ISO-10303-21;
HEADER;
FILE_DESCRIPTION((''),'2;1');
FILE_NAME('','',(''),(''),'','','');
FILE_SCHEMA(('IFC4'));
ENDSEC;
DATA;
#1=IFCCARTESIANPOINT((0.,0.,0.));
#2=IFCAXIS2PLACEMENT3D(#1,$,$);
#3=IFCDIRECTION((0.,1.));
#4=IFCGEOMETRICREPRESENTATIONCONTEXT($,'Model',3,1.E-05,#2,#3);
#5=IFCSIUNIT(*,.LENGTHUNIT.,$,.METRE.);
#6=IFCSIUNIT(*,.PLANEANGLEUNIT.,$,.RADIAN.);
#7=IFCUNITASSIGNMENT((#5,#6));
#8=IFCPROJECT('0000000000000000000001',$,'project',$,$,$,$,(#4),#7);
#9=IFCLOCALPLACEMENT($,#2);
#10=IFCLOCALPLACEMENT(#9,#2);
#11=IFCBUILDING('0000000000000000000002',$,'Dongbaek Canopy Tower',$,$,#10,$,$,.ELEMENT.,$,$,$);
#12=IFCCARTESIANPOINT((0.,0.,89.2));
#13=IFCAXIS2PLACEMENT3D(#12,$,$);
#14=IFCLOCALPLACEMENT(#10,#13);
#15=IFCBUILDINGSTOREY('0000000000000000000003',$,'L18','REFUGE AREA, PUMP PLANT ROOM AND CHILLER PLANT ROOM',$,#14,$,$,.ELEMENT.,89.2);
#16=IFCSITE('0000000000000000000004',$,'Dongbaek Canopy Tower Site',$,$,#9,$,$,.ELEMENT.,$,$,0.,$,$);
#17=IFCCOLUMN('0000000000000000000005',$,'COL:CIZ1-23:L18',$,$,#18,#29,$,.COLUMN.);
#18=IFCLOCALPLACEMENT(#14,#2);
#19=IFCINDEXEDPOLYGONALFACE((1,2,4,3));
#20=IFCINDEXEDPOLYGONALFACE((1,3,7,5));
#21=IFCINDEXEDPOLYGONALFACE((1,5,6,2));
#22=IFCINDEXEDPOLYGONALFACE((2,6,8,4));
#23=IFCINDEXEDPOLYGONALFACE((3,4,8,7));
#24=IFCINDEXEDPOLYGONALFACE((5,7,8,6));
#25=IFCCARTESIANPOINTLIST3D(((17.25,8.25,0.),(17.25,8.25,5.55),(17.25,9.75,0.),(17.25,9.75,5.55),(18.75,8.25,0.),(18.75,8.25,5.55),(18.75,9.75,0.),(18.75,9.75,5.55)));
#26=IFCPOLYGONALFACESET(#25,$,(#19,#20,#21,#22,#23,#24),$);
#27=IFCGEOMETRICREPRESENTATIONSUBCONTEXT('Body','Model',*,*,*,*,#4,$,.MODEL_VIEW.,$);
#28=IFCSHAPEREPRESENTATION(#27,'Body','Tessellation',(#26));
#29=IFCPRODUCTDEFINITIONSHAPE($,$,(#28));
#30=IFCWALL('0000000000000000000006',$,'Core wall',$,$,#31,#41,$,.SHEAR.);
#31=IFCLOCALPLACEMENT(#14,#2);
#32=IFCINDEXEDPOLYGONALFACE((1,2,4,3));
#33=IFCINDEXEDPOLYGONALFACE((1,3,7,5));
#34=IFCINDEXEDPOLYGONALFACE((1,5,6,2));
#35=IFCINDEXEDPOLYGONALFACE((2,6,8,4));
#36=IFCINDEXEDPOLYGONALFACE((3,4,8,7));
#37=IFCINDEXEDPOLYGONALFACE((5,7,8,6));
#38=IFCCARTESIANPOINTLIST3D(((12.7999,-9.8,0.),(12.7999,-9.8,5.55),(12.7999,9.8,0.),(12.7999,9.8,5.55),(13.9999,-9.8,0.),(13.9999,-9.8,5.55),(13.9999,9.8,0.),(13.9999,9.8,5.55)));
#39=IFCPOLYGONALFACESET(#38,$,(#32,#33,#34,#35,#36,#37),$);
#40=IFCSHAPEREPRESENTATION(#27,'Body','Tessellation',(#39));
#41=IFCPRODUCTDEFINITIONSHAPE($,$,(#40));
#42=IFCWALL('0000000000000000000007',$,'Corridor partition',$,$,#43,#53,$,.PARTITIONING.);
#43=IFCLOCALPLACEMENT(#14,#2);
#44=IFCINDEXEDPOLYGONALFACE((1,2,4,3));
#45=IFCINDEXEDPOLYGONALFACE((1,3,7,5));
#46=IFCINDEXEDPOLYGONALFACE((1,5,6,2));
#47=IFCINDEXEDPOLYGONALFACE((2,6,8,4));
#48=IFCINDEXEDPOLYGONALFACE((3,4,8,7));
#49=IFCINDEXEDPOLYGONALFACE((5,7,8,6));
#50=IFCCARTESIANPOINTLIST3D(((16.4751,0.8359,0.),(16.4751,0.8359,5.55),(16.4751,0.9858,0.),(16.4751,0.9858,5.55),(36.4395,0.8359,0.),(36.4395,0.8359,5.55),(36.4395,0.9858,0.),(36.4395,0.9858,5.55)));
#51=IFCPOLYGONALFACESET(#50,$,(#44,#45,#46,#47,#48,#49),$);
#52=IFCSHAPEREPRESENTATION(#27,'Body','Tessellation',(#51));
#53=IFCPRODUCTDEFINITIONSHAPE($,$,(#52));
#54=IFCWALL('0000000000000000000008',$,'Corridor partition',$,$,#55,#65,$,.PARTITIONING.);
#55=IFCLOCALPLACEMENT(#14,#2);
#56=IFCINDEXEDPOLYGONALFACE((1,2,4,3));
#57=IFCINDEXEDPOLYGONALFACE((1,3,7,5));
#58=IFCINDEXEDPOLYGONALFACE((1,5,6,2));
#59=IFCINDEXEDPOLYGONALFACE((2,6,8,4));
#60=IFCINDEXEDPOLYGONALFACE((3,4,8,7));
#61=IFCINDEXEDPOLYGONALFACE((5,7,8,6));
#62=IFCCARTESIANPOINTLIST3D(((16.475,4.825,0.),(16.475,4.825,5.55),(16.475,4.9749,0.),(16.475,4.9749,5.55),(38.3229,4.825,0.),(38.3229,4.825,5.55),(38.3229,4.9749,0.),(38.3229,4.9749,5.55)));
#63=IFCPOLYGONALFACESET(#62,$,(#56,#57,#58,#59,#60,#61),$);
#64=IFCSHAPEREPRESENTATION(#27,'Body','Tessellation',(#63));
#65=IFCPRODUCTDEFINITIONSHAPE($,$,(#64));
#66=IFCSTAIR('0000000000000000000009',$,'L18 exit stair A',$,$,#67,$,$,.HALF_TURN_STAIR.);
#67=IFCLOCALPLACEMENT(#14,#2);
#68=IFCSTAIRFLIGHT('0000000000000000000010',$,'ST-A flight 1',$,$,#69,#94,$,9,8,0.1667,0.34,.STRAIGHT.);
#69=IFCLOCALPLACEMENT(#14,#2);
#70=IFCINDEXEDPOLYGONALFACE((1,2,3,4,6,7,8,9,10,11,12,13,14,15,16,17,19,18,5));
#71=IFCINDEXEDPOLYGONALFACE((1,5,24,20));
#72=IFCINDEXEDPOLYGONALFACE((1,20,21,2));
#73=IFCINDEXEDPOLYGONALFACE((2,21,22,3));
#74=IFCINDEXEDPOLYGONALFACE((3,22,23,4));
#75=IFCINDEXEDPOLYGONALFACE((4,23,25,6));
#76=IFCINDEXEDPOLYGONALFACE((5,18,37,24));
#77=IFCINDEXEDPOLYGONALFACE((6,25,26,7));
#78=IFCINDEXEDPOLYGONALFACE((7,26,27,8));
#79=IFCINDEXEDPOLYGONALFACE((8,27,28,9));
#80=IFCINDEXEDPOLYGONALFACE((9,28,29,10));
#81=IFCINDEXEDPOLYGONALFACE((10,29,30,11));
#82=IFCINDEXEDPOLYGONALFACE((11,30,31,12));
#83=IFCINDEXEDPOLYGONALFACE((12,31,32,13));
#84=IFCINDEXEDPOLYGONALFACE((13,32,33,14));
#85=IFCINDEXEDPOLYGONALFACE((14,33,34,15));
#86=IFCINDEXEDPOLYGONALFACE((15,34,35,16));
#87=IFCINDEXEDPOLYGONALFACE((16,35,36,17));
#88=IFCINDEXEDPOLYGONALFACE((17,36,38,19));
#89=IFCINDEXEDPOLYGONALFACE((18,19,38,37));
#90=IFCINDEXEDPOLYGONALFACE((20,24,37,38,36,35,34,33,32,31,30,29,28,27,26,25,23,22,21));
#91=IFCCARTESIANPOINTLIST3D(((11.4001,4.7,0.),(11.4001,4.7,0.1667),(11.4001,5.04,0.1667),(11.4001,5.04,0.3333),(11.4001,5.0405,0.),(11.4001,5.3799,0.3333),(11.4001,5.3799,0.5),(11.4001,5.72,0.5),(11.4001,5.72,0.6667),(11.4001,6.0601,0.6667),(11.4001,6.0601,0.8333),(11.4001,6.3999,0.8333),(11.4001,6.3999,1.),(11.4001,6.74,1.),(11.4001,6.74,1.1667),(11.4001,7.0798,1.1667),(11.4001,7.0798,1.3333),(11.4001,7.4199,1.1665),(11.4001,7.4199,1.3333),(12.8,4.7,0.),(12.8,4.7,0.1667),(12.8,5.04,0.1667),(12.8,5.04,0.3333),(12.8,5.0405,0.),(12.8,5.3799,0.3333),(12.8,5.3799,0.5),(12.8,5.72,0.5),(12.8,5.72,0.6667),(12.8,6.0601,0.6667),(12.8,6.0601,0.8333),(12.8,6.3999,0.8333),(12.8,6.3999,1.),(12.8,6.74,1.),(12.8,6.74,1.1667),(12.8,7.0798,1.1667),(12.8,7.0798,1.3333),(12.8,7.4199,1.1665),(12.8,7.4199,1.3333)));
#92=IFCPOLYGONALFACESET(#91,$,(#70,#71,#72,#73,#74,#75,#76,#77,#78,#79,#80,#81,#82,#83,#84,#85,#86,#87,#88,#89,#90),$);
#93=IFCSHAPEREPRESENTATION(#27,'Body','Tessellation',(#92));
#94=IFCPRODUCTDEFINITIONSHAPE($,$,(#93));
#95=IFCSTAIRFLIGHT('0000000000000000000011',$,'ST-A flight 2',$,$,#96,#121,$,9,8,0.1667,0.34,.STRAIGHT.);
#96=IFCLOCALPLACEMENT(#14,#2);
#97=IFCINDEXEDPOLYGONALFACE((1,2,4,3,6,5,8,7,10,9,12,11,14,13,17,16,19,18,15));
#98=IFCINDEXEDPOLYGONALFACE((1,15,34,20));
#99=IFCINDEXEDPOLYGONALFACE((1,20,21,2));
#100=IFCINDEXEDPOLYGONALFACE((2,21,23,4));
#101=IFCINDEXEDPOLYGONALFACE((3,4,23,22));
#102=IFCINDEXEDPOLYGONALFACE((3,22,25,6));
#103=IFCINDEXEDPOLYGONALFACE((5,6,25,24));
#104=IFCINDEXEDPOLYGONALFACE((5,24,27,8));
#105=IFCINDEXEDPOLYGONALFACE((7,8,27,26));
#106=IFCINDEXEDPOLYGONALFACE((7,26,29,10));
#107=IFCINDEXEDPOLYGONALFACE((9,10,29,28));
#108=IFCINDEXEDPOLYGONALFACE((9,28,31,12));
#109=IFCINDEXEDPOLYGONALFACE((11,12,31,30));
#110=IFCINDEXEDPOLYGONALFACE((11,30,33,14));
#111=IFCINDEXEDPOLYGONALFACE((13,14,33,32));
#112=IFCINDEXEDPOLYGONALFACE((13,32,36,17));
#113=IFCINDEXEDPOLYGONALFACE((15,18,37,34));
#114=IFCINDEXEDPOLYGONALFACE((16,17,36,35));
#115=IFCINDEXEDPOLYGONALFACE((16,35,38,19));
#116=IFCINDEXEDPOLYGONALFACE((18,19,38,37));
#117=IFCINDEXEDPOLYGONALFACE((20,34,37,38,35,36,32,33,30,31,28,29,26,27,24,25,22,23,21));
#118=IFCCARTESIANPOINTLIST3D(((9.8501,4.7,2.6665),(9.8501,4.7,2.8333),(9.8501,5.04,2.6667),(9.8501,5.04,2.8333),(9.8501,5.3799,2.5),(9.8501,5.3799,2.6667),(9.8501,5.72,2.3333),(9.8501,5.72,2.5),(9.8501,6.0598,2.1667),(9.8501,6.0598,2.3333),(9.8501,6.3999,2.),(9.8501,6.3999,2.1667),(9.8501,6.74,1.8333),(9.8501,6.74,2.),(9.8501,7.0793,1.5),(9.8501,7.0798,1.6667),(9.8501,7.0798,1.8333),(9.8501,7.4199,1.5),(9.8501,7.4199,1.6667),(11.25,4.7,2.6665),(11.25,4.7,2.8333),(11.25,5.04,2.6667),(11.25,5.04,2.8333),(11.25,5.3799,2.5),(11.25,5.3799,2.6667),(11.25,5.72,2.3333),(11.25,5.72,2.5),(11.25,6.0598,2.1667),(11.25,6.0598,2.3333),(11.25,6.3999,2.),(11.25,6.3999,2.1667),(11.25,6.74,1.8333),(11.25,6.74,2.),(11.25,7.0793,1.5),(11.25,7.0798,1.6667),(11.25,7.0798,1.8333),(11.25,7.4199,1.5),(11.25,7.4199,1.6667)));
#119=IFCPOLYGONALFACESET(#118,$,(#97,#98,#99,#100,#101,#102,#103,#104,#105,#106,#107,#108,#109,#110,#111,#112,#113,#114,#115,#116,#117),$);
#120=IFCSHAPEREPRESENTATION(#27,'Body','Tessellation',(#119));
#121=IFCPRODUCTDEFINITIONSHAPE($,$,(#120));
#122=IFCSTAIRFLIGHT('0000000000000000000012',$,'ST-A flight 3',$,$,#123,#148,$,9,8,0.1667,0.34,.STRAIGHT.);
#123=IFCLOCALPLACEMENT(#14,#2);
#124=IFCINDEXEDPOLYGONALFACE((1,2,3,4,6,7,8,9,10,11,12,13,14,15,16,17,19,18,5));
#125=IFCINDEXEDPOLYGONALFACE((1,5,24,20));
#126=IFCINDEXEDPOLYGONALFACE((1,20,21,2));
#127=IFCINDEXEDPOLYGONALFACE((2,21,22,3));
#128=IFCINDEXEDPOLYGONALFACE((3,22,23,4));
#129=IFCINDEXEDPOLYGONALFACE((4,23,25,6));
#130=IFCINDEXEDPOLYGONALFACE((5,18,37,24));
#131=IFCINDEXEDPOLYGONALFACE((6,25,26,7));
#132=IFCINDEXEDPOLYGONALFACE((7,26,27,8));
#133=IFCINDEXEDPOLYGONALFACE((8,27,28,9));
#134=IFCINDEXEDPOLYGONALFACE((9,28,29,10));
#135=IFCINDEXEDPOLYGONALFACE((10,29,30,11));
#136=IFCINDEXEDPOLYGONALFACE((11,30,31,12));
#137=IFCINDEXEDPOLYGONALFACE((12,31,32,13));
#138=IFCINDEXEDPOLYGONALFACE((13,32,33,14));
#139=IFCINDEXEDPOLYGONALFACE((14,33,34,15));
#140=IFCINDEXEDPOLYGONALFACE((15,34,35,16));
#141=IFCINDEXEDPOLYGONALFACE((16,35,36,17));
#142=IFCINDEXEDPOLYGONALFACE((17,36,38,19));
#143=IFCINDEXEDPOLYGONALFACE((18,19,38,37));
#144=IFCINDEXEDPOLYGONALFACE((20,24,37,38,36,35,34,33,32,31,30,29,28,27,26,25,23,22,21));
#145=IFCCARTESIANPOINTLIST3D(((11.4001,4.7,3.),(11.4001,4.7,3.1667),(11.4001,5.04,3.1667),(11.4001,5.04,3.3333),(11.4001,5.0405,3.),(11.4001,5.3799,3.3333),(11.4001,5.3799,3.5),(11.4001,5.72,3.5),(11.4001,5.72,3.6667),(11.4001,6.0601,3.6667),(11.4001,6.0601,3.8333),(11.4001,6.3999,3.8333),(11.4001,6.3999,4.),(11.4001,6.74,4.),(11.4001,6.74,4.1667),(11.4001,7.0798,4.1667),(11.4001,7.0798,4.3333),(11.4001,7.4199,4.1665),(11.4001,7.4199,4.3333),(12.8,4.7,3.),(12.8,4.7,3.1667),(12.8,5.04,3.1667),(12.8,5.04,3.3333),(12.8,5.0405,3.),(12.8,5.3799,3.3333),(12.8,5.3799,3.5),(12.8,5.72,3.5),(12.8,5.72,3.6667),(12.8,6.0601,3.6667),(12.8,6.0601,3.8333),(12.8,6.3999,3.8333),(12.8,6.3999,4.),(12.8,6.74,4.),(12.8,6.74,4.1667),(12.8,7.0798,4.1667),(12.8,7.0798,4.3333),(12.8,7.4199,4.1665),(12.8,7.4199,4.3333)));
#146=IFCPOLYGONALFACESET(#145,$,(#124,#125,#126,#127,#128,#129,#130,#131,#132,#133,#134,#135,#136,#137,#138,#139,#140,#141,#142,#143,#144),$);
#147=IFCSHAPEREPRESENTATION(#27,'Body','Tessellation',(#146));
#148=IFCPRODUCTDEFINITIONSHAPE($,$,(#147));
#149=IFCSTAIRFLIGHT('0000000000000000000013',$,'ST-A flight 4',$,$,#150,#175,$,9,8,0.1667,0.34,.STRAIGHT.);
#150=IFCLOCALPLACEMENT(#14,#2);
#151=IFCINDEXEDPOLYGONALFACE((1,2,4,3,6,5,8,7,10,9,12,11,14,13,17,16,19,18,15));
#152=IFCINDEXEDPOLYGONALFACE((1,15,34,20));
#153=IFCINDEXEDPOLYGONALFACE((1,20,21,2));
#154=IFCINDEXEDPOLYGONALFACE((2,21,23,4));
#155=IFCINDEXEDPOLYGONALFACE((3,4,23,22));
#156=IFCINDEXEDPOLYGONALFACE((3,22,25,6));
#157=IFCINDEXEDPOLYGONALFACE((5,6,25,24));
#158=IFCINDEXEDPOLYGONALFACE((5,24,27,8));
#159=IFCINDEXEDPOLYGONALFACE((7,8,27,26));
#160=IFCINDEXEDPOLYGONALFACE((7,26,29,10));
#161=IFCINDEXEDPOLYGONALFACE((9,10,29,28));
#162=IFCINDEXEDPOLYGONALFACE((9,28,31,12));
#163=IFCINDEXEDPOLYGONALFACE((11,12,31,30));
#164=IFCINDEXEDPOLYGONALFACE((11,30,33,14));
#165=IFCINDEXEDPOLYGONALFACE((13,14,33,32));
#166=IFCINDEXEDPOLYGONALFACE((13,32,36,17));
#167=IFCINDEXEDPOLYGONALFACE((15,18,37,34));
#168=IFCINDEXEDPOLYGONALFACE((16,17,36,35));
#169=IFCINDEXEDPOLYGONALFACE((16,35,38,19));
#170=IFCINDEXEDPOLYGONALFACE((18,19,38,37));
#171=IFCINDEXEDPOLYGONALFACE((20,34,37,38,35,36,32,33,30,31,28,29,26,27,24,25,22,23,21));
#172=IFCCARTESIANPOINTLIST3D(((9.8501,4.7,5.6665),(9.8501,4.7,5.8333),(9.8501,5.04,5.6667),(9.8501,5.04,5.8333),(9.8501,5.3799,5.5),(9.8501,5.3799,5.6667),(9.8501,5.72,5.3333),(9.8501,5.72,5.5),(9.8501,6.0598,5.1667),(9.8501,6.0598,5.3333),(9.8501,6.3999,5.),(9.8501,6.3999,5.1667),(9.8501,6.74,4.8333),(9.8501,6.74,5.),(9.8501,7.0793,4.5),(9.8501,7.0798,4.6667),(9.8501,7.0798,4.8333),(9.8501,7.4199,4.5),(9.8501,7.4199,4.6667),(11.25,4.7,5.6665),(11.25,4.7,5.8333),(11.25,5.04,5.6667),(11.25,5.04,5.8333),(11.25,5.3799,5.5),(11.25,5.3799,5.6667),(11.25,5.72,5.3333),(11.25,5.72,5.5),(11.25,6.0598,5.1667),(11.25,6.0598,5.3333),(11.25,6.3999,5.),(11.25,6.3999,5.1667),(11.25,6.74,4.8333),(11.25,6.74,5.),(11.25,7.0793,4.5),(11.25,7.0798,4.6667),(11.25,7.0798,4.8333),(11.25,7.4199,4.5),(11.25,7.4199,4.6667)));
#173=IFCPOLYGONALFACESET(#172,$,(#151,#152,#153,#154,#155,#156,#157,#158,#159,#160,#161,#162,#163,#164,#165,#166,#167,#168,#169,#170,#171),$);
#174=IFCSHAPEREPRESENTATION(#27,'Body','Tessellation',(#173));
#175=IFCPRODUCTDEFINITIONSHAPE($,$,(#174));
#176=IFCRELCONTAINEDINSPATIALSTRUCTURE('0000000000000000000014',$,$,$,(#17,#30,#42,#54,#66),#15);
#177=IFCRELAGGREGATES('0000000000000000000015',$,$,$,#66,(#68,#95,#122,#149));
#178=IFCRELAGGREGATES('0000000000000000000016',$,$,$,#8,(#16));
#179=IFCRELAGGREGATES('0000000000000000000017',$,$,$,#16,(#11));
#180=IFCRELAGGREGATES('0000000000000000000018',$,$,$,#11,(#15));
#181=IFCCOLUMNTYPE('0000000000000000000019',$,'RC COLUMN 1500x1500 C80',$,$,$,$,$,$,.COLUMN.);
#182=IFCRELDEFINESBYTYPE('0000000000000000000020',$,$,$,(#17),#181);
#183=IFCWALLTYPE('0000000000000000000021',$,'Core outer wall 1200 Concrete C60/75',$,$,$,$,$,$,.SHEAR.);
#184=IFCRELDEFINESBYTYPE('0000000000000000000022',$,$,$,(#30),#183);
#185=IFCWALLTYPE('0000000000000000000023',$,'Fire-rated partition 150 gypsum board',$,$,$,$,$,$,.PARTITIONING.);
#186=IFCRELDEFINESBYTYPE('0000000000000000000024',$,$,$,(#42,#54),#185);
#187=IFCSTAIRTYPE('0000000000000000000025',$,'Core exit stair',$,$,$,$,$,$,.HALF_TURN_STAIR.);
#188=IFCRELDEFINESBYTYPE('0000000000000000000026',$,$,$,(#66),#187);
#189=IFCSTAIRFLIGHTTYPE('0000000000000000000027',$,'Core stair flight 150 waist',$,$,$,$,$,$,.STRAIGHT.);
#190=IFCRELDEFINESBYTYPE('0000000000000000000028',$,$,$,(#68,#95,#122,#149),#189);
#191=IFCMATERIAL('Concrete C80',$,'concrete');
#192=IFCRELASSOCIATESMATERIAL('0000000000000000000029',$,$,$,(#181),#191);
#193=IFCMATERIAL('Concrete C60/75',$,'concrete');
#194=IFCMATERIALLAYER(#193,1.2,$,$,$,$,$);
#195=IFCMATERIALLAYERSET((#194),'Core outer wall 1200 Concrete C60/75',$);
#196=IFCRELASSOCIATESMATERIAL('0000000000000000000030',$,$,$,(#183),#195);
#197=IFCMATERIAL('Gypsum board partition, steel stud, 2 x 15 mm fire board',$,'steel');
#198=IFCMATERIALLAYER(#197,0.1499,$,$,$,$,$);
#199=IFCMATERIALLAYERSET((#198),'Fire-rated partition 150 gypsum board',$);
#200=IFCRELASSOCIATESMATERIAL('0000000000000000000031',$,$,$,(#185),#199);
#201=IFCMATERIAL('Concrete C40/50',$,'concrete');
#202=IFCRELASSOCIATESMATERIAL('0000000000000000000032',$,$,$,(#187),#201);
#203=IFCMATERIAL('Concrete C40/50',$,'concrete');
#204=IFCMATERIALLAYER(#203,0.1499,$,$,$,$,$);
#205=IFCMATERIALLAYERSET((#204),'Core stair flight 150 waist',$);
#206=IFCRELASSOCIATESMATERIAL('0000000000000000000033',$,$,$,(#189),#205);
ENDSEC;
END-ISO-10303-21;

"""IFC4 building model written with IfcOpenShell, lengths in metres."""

from ifc_helpers import new_model, si_unit, direction, frame, frame_2d, origin, origin_2d, place, context, subcontext, project, spatial, polyline, rectangle, outline, extrude, material, layer, layer_set, material_profile, profile_set, type_object, element, aggregate, save


model = new_model("IFC4")

# Units and contexts
model_context = context("Model", 3, precision=1e-05, world=origin(), true_north=direction((0.0, 1.0)))
body_context = subcontext(model_context, "Body", "Model", "MODEL_VIEW")
ifc_project = project(units=[si_unit("LENGTHUNIT", "METRE"), si_unit("PLANEANGLEUNIT", "RADIAN")], contexts=[model_context])

# Site, building, storey
site_placement = place(None, origin())
site = spatial("IfcSite", under=ifc_project, at=site_placement, Name="Dongbaek Canopy Tower Site", CompositionType="ELEMENT", RefElevation=0.0)
building_placement = place(site_placement, origin())
building = spatial("IfcBuilding", under=site, at=building_placement, Name="Dongbaek Canopy Tower", CompositionType="ELEMENT")
storey_placement = place(building_placement, frame((0.0, 0.0, 89.2)))
storey = spatial("IfcBuildingStorey", under=building, at=storey_placement, Name="L18", Description="REFUGE AREA, PUMP PLANT ROOM AND CHILLER PLANT ROOM", CompositionType="ELEMENT", Elevation=89.2)

# Column
ifc_material_1 = material(Name="Concrete C80", Category="concrete")
ifc_material_profile = material_profile(ifc_material_1, rectangle(XDim=1.5, YDim=1.5, at=origin_2d()), Name="RC COLUMN 1500x1500 C80")
ifc_profile_set = profile_set([ifc_material_profile], Name="Concrete C80")
column_type = type_object("IfcColumnType", Name="RC COLUMN 1500x1500 C80", PredefinedType="COLUMN", material=ifc_profile_set)
column_placement = place(storey_placement, frame((18.0, 9.0, 0.0), z_axis=(0.0, 0.0, 1.0), x_axis=(1.0, 0.0, 0.0)))
element("IfcColumn", 1, at=column_placement, inside=storey, type_object=column_type, Name="COL:CIZ1-23:L18", PredefinedType="COLUMN", context=body_context, shape_type="SweptSolid", body=[
    extrude(rectangle(XDim=1.5, YDim=1.5, at=origin_2d()), origin(), (0.0, 0.0, 1.0), 5.55),
])

# Walls
ifc_material_2 = material(Name="Concrete C60/75", Category="concrete")
ifc_layer_1 = layer(ifc_material_2, 1.2)
ifc_layer_set_1 = layer_set([ifc_layer_1], Name="Core outer wall 1200 Concrete C60/75")
wall_type_1 = type_object("IfcWallType", Name="Core outer wall 1200 Concrete C60/75", PredefinedType="SHEAR", material=ifc_layer_set_1)
wall_1_placement = place(storey_placement, frame((13.3999, 9.8, 0.0), z_axis=(0.0, 0.0, 1.0), x_axis=(0.0, -1.0, 0.0)))
element("IfcWall", 2, at=wall_1_placement, inside=storey, type_object=wall_type_1, Name="Core wall", PredefinedType="SHEAR", context=body_context, shape_type="SweptSolid", body=[
    extrude(rectangle(XDim=19.6001, YDim=1.2, at=frame_2d((9.8, 0.0))), origin(), (0.0, 0.0, 1.0), 5.55),
])
ifc_material_3 = material(Name="Gypsum board partition, steel stud, 2 x 15 mm fire board", Category="steel")
ifc_layer_2 = layer(ifc_material_3, 0.1499)
ifc_layer_set_2 = layer_set([ifc_layer_2], Name="Fire-rated partition 150 gypsum board")
wall_type_2 = type_object("IfcWallType", Name="Fire-rated partition 150 gypsum board", PredefinedType="PARTITIONING", material=ifc_layer_set_2)
wall_2_placement = place(storey_placement, frame((16.4751, 0.9109, 0.0), z_axis=(0.0, 0.0, 1.0), x_axis=(1.0, 0.0, 0.0)))
element("IfcWall", 3, at=wall_2_placement, inside=storey, type_object=wall_type_2, Name="Corridor partition", PredefinedType="PARTITIONING", context=body_context, shape_type="SweptSolid", body=[
    extrude(rectangle(XDim=19.9644, YDim=0.1499, at=frame_2d((9.9822, 0.0))), origin(), (0.0, 0.0, 1.0), 5.55),
])
wall_3_placement = place(storey_placement, frame((16.4751, 4.8999, 0.0), z_axis=(0.0, 0.0, 1.0), x_axis=(1.0, 0.0, 0.0)))
element("IfcWall", 4, at=wall_3_placement, inside=storey, type_object=wall_type_2, Name="Corridor partition", PredefinedType="PARTITIONING", context=body_context, shape_type="SweptSolid", body=[
    extrude(rectangle(XDim=21.8479, YDim=0.1499, at=frame_2d((10.9238, 0.0))), origin(), (0.0, 0.0, 1.0), 5.55),
])

# Stair, stair flights
ifc_material_4 = material(Name="Concrete C40/50", Category="concrete")
stair_type = type_object("IfcStairType", Name="Core exit stair", PredefinedType="HALF_TURN_STAIR", material=ifc_material_4)
stair_placement = place(storey_placement, origin())
stair = element("IfcStair", 5, at=stair_placement, inside=storey, type_object=stair_type, Name="L18 exit stair A", PredefinedType="HALF_TURN_STAIR")
ifc_material_5 = material(Name="Concrete C40/50", Category="concrete")
ifc_layer_3 = layer(ifc_material_5, 0.1499)
ifc_layer_set_3 = layer_set([ifc_layer_3], Name="Core stair flight 150 waist")
stair_flight_type = type_object("IfcStairFlightType", Name="Core stair flight 150 waist", PredefinedType="STRAIGHT", material=ifc_layer_set_3)
stair_flight_1_placement = place(storey_placement, frame((12.1001, 4.7, 0.0), z_axis=(0.0, 0.0, 1.0), x_axis=(0.0, 1.0, 0.0)))
stair_flight_1 = element("IfcStairFlight", 6, at=stair_flight_1_placement, type_object=stair_flight_type, Name="ST-A flight 1", NumberOfRisers=9, NumberOfTreads=8, PredefinedType="STRAIGHT", RiserHeight=0.1667, TreadLength=0.34, context=body_context, shape_type="SweptSolid", body=[
    extrude(outline(polyline([(0.0, 0.0), (0.0, 0.1667), (0.3401, 0.1667), (0.3401, 0.3333), (0.6799, 0.3333), (0.6799, 0.5), (1.02, 0.5), (1.02, 0.6667), (1.3601, 0.6667), (1.3601, 0.8333), (1.7, 0.8333), (1.7, 1.0), (2.04, 1.0), (2.04, 1.1667), (2.3799, 1.1667), (2.3799, 1.3333), (2.72, 1.3333), (2.72, 1.5), (2.72, 1.1665), (0.3406, 0.0), (0.0, 0.0)])), frame((0.0, 0.7, 0.0), z_axis=(0.0, -1.0, 0.0), x_axis=(1.0, 0.0, 0.0)), (0.0, 0.0, 1.0), 1.3999),
])
stair_flight_2_placement = place(storey_placement, frame((10.55, 7.4199, 1.5), z_axis=(0.0, 0.0, 1.0), x_axis=(0.0, -1.0, 0.0)))
stair_flight_2 = element("IfcStairFlight", 7, at=stair_flight_2_placement, type_object=stair_flight_type, Name="ST-A flight 2", NumberOfRisers=9, NumberOfTreads=8, PredefinedType="STRAIGHT", RiserHeight=0.1667, TreadLength=0.34, context=body_context, shape_type="SweptSolid", body=[
    extrude(outline(polyline([(0.0, 0.0), (0.0, 0.1667), (0.3401, 0.1667), (0.3401, 0.3333), (0.6799, 0.3333), (0.6799, 0.5), (1.02, 0.5), (1.02, 0.6667), (1.3601, 0.6667), (1.3601, 0.8333), (1.7, 0.8333), (1.7, 1.0), (2.04, 1.0), (2.04, 1.1667), (2.3799, 1.1667), (2.3799, 1.3333), (2.72, 1.3333), (2.72, 1.5), (2.72, 1.1665), (0.3406, 0.0), (0.0, 0.0)])), frame((0.0, 0.7, 0.0), z_axis=(0.0, -1.0, 0.0), x_axis=(1.0, 0.0, 0.0)), (0.0, 0.0, 1.0), 1.3999),
])
stair_flight_3_placement = place(storey_placement, frame((12.1001, 4.7, 3.0), z_axis=(0.0, 0.0, 1.0), x_axis=(0.0, 1.0, 0.0)))
stair_flight_3 = element("IfcStairFlight", 8, at=stair_flight_3_placement, type_object=stair_flight_type, Name="ST-A flight 3", NumberOfRisers=9, NumberOfTreads=8, PredefinedType="STRAIGHT", RiserHeight=0.1667, TreadLength=0.34, context=body_context, shape_type="SweptSolid", body=[
    extrude(outline(polyline([(0.0, 0.0), (0.0, 0.1667), (0.3401, 0.1667), (0.3401, 0.3333), (0.6799, 0.3333), (0.6799, 0.5), (1.02, 0.5), (1.02, 0.6667), (1.3601, 0.6667), (1.3601, 0.8333), (1.7, 0.8333), (1.7, 1.0), (2.04, 1.0), (2.04, 1.1667), (2.3799, 1.1667), (2.3799, 1.3333), (2.72, 1.3333), (2.72, 1.5), (2.72, 1.1665), (0.3406, 0.0), (0.0, 0.0)])), frame((0.0, 0.7, 0.0), z_axis=(0.0, -1.0, 0.0), x_axis=(1.0, 0.0, 0.0)), (0.0, 0.0, 1.0), 1.3999),
])
stair_flight_4_placement = place(storey_placement, frame((10.55, 7.4199, 4.5), z_axis=(0.0, 0.0, 1.0), x_axis=(0.0, -1.0, 0.0)))
stair_flight_4 = element("IfcStairFlight", 9, at=stair_flight_4_placement, type_object=stair_flight_type, Name="ST-A flight 4", NumberOfRisers=9, NumberOfTreads=8, PredefinedType="STRAIGHT", RiserHeight=0.1667, TreadLength=0.34, context=body_context, shape_type="SweptSolid", body=[
    extrude(outline(polyline([(0.0, 0.0), (0.0, 0.1667), (0.3401, 0.1667), (0.3401, 0.3333), (0.6799, 0.3333), (0.6799, 0.5), (1.02, 0.5), (1.02, 0.6667), (1.3601, 0.6667), (1.3601, 0.8333), (1.7, 0.8333), (1.7, 1.0), (2.04, 1.0), (2.04, 1.1667), (2.3799, 1.1667), (2.3799, 1.3333), (2.72, 1.3333), (2.72, 1.5), (2.72, 1.1665), (0.3406, 0.0), (0.0, 0.0)])), frame((0.0, 0.7, 0.0), z_axis=(0.0, -1.0, 0.0), x_axis=(1.0, 0.0, 0.0)), (0.0, 0.0, 1.0), 1.3999),
])
aggregate(stair, [stair_flight_1, stair_flight_2, stair_flight_3, stair_flight_4])

save(model, "model.ifc")
